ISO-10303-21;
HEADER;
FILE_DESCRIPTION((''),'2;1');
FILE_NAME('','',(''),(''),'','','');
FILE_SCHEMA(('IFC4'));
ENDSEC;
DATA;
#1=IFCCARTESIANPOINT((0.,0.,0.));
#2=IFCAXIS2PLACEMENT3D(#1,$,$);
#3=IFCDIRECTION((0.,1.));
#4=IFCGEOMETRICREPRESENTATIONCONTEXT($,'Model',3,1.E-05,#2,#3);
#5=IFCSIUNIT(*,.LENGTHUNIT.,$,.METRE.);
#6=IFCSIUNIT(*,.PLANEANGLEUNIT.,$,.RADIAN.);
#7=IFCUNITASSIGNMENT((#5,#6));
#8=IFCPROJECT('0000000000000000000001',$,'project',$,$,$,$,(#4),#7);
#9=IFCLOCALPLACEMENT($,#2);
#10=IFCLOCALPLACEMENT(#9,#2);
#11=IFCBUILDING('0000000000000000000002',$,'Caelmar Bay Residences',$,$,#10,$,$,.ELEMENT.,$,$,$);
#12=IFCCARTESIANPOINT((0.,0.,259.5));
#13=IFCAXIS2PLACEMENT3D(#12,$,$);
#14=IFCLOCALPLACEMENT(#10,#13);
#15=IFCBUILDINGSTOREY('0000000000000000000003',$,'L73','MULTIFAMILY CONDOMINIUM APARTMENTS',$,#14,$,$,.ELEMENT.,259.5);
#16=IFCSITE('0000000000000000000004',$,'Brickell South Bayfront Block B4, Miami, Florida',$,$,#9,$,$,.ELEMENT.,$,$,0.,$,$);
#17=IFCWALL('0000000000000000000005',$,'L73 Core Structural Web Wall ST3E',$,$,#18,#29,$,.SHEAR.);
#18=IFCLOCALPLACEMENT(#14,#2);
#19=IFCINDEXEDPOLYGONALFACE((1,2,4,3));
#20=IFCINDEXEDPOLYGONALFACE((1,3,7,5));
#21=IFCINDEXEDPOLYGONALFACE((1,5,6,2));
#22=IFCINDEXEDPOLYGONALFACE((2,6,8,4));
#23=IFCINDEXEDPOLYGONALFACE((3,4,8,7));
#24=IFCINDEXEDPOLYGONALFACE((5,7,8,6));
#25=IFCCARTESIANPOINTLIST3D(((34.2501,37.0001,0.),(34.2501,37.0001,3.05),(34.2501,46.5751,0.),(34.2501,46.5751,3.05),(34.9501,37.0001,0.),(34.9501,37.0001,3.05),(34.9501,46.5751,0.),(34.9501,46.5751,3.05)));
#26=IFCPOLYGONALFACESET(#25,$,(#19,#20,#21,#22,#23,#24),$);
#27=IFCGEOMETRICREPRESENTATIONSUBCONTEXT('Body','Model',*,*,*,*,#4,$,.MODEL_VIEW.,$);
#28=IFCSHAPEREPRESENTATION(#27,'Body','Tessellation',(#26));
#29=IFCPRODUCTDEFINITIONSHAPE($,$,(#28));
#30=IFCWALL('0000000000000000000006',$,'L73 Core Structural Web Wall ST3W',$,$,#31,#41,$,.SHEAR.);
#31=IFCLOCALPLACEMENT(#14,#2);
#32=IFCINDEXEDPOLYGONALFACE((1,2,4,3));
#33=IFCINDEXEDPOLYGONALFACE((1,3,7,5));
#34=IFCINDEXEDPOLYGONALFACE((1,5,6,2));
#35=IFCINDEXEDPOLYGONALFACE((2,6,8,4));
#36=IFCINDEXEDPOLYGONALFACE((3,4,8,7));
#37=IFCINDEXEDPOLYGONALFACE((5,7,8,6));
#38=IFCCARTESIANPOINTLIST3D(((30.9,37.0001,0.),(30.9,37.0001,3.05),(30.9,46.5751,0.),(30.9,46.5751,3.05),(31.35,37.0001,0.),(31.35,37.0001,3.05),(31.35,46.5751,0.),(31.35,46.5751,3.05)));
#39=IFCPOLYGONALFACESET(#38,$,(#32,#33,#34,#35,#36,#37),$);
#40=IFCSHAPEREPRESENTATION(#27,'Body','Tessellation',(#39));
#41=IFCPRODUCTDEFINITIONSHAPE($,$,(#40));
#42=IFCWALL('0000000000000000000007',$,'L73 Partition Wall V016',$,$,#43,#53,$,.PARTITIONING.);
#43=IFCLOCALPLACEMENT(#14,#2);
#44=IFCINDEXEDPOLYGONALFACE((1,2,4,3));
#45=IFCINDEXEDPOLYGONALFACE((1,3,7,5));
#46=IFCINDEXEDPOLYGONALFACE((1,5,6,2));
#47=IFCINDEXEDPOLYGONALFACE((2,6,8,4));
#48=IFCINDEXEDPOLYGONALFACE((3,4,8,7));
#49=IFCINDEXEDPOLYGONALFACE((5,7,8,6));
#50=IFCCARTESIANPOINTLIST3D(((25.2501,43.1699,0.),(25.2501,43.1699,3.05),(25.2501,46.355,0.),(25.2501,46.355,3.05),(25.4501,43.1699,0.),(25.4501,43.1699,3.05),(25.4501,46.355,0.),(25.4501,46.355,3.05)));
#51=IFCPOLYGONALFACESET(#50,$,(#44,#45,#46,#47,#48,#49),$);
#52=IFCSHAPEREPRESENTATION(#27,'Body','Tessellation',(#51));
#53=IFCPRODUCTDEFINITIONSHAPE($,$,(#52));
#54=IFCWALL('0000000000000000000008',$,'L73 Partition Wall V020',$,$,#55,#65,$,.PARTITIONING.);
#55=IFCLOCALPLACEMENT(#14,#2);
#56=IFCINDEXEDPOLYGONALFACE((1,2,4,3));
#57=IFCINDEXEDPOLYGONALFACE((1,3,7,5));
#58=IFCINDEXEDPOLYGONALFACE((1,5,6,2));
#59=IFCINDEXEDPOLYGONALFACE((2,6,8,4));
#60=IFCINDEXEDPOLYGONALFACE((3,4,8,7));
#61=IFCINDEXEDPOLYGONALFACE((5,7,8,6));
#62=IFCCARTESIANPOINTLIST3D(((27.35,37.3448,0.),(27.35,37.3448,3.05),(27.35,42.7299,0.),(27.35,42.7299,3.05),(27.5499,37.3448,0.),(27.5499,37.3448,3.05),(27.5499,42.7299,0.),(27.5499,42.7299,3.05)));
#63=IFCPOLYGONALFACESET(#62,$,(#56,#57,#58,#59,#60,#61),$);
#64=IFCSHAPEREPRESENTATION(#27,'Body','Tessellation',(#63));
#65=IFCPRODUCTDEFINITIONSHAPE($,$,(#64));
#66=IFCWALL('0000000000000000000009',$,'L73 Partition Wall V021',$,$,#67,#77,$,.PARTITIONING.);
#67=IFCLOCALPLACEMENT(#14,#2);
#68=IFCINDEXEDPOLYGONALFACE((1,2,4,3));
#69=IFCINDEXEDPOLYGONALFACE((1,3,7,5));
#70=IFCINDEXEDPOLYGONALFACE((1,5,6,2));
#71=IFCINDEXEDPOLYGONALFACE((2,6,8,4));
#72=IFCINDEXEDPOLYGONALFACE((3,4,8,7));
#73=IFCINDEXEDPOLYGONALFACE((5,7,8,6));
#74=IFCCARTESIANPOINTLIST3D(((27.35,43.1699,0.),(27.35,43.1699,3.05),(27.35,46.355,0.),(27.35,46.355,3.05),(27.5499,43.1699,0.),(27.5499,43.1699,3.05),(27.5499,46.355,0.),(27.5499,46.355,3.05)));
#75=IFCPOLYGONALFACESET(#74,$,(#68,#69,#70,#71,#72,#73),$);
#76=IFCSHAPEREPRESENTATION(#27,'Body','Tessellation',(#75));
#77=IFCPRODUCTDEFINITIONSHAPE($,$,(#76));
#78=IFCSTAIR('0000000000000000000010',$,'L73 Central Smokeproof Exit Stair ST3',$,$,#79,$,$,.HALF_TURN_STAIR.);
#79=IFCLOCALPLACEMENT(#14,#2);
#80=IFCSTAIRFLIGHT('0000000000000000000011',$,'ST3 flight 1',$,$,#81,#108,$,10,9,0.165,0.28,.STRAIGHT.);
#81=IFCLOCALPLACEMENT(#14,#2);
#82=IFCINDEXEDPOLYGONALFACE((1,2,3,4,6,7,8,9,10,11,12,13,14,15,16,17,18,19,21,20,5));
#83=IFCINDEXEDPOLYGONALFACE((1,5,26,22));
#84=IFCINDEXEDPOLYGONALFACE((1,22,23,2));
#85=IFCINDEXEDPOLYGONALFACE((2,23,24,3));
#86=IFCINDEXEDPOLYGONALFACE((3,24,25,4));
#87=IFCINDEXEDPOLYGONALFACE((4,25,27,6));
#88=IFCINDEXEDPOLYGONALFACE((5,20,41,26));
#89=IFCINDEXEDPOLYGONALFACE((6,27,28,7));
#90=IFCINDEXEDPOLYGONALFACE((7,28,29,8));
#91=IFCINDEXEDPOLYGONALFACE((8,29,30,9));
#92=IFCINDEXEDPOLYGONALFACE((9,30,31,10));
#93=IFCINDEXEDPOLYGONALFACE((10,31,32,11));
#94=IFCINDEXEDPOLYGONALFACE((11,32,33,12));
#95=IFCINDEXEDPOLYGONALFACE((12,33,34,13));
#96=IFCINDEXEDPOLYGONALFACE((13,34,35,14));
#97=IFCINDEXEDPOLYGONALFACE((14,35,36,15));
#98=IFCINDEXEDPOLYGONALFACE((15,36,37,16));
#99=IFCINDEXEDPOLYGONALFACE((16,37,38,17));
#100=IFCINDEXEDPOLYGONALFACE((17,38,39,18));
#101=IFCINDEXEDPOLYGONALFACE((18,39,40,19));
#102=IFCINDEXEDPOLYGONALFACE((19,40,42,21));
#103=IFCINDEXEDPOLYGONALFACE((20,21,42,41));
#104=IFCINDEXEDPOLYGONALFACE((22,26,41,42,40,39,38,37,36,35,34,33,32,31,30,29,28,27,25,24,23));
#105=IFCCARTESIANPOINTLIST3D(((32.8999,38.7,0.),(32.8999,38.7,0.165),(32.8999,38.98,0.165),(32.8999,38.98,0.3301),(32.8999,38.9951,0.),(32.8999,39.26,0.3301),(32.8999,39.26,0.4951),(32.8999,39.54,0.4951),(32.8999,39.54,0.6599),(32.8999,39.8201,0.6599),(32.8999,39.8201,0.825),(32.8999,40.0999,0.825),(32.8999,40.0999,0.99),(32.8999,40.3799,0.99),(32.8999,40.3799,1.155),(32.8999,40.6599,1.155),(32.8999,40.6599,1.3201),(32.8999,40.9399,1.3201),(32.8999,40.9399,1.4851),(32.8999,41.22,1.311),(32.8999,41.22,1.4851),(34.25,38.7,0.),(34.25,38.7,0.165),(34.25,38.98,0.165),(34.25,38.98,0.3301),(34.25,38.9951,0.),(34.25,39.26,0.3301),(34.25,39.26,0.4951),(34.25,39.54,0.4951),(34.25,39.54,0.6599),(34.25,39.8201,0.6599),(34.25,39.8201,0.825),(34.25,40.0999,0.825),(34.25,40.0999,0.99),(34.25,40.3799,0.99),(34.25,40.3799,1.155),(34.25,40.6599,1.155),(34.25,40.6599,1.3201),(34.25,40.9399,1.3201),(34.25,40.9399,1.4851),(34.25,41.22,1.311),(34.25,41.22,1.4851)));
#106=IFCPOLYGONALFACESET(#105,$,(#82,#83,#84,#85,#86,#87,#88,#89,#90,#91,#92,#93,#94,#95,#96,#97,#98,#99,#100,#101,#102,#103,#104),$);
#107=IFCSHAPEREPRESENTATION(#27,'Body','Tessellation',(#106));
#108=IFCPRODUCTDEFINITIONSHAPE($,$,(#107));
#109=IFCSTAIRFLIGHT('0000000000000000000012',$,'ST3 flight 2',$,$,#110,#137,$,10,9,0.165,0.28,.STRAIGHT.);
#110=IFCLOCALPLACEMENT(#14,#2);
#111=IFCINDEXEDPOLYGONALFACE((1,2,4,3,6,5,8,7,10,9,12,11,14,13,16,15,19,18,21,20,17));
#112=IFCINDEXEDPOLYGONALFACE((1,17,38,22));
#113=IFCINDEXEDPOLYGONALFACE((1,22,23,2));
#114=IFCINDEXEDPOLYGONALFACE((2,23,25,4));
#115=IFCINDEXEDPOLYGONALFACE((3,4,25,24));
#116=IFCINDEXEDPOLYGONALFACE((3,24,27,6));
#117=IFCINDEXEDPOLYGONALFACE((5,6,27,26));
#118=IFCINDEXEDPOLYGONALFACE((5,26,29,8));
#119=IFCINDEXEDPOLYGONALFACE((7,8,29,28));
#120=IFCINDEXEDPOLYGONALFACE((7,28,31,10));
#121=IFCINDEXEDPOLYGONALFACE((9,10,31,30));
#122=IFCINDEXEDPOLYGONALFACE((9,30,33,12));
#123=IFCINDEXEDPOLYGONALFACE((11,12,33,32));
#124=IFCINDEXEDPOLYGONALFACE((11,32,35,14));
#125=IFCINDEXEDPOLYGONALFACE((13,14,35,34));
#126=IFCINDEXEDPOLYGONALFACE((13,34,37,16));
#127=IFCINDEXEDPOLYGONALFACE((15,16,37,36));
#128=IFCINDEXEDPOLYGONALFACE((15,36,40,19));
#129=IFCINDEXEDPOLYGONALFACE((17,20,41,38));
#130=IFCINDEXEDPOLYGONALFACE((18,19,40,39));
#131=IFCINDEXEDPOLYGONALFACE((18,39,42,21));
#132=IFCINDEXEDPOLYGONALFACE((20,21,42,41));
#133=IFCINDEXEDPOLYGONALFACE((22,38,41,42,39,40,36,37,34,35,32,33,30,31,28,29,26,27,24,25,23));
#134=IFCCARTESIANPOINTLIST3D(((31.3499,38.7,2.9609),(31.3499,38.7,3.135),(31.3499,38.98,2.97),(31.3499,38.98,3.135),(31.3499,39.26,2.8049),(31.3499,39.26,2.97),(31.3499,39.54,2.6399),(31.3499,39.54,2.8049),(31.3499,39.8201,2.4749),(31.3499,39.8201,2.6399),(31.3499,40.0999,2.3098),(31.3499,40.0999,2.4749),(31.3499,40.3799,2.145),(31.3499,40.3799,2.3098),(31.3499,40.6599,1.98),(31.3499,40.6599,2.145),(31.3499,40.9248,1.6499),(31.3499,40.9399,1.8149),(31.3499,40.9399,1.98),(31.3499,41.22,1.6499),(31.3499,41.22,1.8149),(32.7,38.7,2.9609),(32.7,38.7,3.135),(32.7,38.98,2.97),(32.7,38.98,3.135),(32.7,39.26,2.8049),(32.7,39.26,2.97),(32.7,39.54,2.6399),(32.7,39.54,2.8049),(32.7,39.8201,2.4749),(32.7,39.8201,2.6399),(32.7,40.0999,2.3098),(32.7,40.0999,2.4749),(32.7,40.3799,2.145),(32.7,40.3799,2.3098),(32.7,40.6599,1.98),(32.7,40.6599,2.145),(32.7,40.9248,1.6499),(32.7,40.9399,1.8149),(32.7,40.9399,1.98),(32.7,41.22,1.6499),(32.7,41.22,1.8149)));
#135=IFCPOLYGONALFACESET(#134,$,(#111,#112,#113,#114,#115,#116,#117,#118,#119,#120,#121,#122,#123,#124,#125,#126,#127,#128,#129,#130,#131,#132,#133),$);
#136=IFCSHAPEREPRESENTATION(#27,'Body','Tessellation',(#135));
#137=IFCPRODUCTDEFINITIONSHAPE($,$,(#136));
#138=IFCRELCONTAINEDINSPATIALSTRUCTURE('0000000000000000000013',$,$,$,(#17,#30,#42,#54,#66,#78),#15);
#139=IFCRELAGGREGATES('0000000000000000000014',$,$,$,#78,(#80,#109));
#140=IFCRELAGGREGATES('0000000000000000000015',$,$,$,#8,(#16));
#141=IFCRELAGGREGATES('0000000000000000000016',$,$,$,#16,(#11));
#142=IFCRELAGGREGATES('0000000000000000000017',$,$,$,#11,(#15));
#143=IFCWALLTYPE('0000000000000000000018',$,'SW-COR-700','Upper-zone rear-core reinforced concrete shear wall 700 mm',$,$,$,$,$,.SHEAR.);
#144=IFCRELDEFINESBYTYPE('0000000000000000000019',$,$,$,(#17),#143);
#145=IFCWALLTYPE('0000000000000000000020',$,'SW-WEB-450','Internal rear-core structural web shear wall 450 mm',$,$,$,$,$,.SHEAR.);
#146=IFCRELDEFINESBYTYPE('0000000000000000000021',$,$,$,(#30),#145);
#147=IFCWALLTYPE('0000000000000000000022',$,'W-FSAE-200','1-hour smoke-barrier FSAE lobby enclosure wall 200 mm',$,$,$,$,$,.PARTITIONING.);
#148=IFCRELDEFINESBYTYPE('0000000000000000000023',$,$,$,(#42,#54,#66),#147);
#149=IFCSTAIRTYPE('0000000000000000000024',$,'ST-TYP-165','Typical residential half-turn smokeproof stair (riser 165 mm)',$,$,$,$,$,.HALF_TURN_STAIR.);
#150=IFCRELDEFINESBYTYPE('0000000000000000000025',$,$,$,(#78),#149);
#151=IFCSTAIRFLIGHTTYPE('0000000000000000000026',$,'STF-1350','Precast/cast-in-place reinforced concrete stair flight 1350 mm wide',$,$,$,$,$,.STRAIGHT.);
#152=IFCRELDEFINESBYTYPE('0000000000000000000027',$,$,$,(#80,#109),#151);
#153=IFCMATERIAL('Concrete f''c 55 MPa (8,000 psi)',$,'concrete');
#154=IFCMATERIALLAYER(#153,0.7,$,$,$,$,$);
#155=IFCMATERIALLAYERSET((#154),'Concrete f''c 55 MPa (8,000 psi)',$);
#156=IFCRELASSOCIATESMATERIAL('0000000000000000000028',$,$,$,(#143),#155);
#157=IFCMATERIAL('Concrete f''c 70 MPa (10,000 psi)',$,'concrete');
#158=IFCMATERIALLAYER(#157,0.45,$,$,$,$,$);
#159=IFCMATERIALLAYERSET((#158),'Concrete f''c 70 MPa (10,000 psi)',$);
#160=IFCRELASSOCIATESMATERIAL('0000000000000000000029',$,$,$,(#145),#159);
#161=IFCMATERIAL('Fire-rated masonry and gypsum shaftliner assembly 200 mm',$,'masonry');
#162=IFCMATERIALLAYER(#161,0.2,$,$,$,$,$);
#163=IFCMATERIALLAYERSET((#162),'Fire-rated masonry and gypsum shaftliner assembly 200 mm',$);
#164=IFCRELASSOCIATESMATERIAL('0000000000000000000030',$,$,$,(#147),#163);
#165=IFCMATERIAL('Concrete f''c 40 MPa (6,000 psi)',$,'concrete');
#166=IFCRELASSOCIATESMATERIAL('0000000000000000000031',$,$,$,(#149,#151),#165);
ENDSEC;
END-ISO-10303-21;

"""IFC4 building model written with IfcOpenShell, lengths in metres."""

from ifc_helpers import new_model, si_unit, direction, frame, frame_2d, origin, place, context, subcontext, project, spatial, polyline, rectangle, outline, extrude, material, layer, layer_set, type_object, element, aggregate, save


model = new_model("IFC4")

# Units and contexts
model_context = context("Model", 3, precision=1e-05, world=origin(), true_north=direction((0.0, 1.0)))
body_context = subcontext(model_context, "Body", "Model", "MODEL_VIEW")
ifc_project = project(units=[si_unit("LENGTHUNIT", "METRE"), si_unit("PLANEANGLEUNIT", "RADIAN")], contexts=[model_context])

# Site, building, storey
site_placement = place(None, origin())
site = spatial("IfcSite", under=ifc_project, at=site_placement, Name="Brickell South Bayfront Block B4, Miami, Florida", CompositionType="ELEMENT", RefElevation=0.0)
building_placement = place(site_placement, origin())
building = spatial("IfcBuilding", under=site, at=building_placement, Name="Caelmar Bay Residences", CompositionType="ELEMENT")
storey_placement = place(building_placement, frame((0.0, 0.0, 259.5)))
storey = spatial("IfcBuildingStorey", under=building, at=storey_placement, Name="L73", Description="MULTIFAMILY CONDOMINIUM APARTMENTS", CompositionType="ELEMENT", Elevation=259.5)

# Walls
ifc_material_1 = material(Name="Concrete f'c 55 MPa (8,000 psi)", Category="concrete")
ifc_layer_1 = layer(ifc_material_1, 0.7)
ifc_layer_set_1 = layer_set([ifc_layer_1], Name="Concrete f'c 55 MPa (8,000 psi)")
wall_type_1 = type_object("IfcWallType", Name="SW-COR-700", Description="Upper-zone rear-core reinforced concrete shear wall 700 mm", PredefinedType="SHEAR", material=ifc_layer_set_1)
wall_1_placement = place(storey_placement, frame((34.6001, 37.0, 0.0), z_axis=(0.0, 0.0, 1.0), x_axis=(0.0, 1.0, 0.0)))
element("IfcWall", 1, at=wall_1_placement, inside=storey, type_object=wall_type_1, Name="L73 Core Structural Web Wall ST3E", PredefinedType="SHEAR", context=body_context, shape_type="SweptSolid", body=[
    extrude(rectangle(XDim=9.575, YDim=0.7, at=frame_2d((4.7876, 0.0))), origin(), (0.0, 0.0, 1.0), 3.05),
])
ifc_material_2 = material(Name="Concrete f'c 70 MPa (10,000 psi)", Category="concrete")
ifc_layer_2 = layer(ifc_material_2, 0.45)
ifc_layer_set_2 = layer_set([ifc_layer_2], Name="Concrete f'c 70 MPa (10,000 psi)")
wall_type_2 = type_object("IfcWallType", Name="SW-WEB-450", Description="Internal rear-core structural web shear wall 450 mm", PredefinedType="SHEAR", material=ifc_layer_set_2)
wall_2_placement = place(storey_placement, frame((31.125, 37.0, 0.0), z_axis=(0.0, 0.0, 1.0), x_axis=(0.0, 1.0, 0.0)))
element("IfcWall", 2, at=wall_2_placement, inside=storey, type_object=wall_type_2, Name="L73 Core Structural Web Wall ST3W", PredefinedType="SHEAR", context=body_context, shape_type="SweptSolid", body=[
    extrude(rectangle(XDim=9.575, YDim=0.45, at=frame_2d((4.7876, 0.0))), origin(), (0.0, 0.0, 1.0), 3.05),
])
ifc_material_3 = material(Name="Fire-rated masonry and gypsum shaftliner assembly 200 mm", Category="masonry")
ifc_layer_3 = layer(ifc_material_3, 0.2)
ifc_layer_set_3 = layer_set([ifc_layer_3], Name="Fire-rated masonry and gypsum shaftliner assembly 200 mm")
wall_type_3 = type_object("IfcWallType", Name="W-FSAE-200", Description="1-hour smoke-barrier FSAE lobby enclosure wall 200 mm", PredefinedType="PARTITIONING", material=ifc_layer_set_3)
wall_3_placement = place(storey_placement, frame((25.3501, 43.1699, 0.0), z_axis=(0.0, 0.0, 1.0), x_axis=(0.0, 1.0, 0.0)))
element("IfcWall", 3, at=wall_3_placement, inside=storey, type_object=wall_type_3, Name="L73 Partition Wall V016", PredefinedType="PARTITIONING", context=body_context, shape_type="SweptSolid", body=[
    extrude(rectangle(XDim=3.1851, YDim=0.2, at=frame_2d((1.5925, 0.0))), origin(), (0.0, 0.0, 1.0), 3.05),
])
wall_4_placement = place(storey_placement, frame((27.45, 37.345, 0.0), z_axis=(0.0, 0.0, 1.0), x_axis=(0.0, 1.0, 0.0)))
element("IfcWall", 4, at=wall_4_placement, inside=storey, type_object=wall_type_3, Name="L73 Partition Wall V020", PredefinedType="PARTITIONING", context=body_context, shape_type="SweptSolid", body=[
    extrude(rectangle(XDim=5.385, YDim=0.2, at=frame_2d((2.6924, 0.0))), origin(), (0.0, 0.0, 1.0), 3.05),
])
wall_5_placement = place(storey_placement, frame((27.45, 43.1699, 0.0), z_axis=(0.0, 0.0, 1.0), x_axis=(0.0, 1.0, 0.0)))
element("IfcWall", 5, at=wall_5_placement, inside=storey, type_object=wall_type_3, Name="L73 Partition Wall V021", PredefinedType="PARTITIONING", context=body_context, shape_type="SweptSolid", body=[
    extrude(rectangle(XDim=3.1851, YDim=0.2, at=frame_2d((1.5925, 0.0))), origin(), (0.0, 0.0, 1.0), 3.05),
])

# Stair, stair flights
ifc_material_4 = material(Name="Concrete f'c 40 MPa (6,000 psi)", Category="concrete")
stair_type = type_object("IfcStairType", Name="ST-TYP-165", Description="Typical residential half-turn smokeproof stair (riser 165 mm)", PredefinedType="HALF_TURN_STAIR", material=ifc_material_4)
stair_placement = place(storey_placement, origin())
stair = element("IfcStair", 6, at=stair_placement, inside=storey, type_object=stair_type, Name="L73 Central Smokeproof Exit Stair ST3", PredefinedType="HALF_TURN_STAIR")
stair_flight_type = type_object("IfcStairFlightType", Name="STF-1350", Description="Precast/cast-in-place reinforced concrete stair flight 1350 mm wide", PredefinedType="STRAIGHT", material=ifc_material_4)
stair_flight_1_placement = place(storey_placement, frame((33.575, 38.7, 0.0), z_axis=(0.0, 0.0, 1.0), x_axis=(0.0, 1.0, 0.0)))
stair_flight_1 = element("IfcStairFlight", 7, at=stair_flight_1_placement, type_object=stair_flight_type, Name="ST3 flight 1", NumberOfRisers=10, NumberOfTreads=9, PredefinedType="STRAIGHT", RiserHeight=0.165, TreadLength=0.28, context=body_context, shape_type="SweptSolid", body=[
    extrude(outline(polyline([(0.0, 0.0), (0.0, 0.165), (0.28, 0.165), (0.28, 0.3301), (0.5601, 0.3301), (0.5601, 0.4951), (0.8401, 0.4951), (0.8401, 0.6599), (1.1201, 0.6599), (1.1201, 0.825), (1.3999, 0.825), (1.3999, 0.99), (1.6799, 0.99), (1.6799, 1.155), (1.96, 1.155), (1.96, 1.3201), (2.24, 1.3201), (2.24, 1.4851), (2.52, 1.4851), (2.52, 1.6499), (2.52, 1.311), (0.2952, 0.0), (0.0, 0.0)])), frame((0.0, 0.675, 0.0), z_axis=(0.0, -1.0, 0.0), x_axis=(1.0, 0.0, 0.0)), (0.0, 0.0, 1.0), 1.3501),
])
stair_flight_2_placement = place(storey_placement, frame((32.0249, 41.22, 1.6499), z_axis=(0.0, 0.0, 1.0), x_axis=(0.0, -1.0, 0.0)))
stair_flight_2 = element("IfcStairFlight", 8, at=stair_flight_2_placement, type_object=stair_flight_type, Name="ST3 flight 2", NumberOfRisers=10, NumberOfTreads=9, PredefinedType="STRAIGHT", RiserHeight=0.165, TreadLength=0.28, context=body_context, shape_type="SweptSolid", body=[
    extrude(outline(polyline([(0.0, 0.0), (0.0, 0.165), (0.28, 0.165), (0.28, 0.3301), (0.5601, 0.3301), (0.5601, 0.4951), (0.8401, 0.4951), (0.8401, 0.6599), (1.1201, 0.6599), (1.1201, 0.825), (1.3999, 0.825), (1.3999, 0.99), (1.6799, 0.99), (1.6799, 1.155), (1.96, 1.155), (1.96, 1.3201), (2.24, 1.3201), (2.24, 1.4851), (2.52, 1.4851), (2.52, 1.6499), (2.52, 1.311), (0.2952, 0.0), (0.0, 0.0)])), frame((0.0, 0.675, 0.0), z_axis=(0.0, -1.0, 0.0), x_axis=(1.0, 0.0, 0.0)), (0.0, 0.0, 1.0), 1.3501),
])
aggregate(stair, [stair_flight_1, stair_flight_2])

save(model, "model.ifc")
